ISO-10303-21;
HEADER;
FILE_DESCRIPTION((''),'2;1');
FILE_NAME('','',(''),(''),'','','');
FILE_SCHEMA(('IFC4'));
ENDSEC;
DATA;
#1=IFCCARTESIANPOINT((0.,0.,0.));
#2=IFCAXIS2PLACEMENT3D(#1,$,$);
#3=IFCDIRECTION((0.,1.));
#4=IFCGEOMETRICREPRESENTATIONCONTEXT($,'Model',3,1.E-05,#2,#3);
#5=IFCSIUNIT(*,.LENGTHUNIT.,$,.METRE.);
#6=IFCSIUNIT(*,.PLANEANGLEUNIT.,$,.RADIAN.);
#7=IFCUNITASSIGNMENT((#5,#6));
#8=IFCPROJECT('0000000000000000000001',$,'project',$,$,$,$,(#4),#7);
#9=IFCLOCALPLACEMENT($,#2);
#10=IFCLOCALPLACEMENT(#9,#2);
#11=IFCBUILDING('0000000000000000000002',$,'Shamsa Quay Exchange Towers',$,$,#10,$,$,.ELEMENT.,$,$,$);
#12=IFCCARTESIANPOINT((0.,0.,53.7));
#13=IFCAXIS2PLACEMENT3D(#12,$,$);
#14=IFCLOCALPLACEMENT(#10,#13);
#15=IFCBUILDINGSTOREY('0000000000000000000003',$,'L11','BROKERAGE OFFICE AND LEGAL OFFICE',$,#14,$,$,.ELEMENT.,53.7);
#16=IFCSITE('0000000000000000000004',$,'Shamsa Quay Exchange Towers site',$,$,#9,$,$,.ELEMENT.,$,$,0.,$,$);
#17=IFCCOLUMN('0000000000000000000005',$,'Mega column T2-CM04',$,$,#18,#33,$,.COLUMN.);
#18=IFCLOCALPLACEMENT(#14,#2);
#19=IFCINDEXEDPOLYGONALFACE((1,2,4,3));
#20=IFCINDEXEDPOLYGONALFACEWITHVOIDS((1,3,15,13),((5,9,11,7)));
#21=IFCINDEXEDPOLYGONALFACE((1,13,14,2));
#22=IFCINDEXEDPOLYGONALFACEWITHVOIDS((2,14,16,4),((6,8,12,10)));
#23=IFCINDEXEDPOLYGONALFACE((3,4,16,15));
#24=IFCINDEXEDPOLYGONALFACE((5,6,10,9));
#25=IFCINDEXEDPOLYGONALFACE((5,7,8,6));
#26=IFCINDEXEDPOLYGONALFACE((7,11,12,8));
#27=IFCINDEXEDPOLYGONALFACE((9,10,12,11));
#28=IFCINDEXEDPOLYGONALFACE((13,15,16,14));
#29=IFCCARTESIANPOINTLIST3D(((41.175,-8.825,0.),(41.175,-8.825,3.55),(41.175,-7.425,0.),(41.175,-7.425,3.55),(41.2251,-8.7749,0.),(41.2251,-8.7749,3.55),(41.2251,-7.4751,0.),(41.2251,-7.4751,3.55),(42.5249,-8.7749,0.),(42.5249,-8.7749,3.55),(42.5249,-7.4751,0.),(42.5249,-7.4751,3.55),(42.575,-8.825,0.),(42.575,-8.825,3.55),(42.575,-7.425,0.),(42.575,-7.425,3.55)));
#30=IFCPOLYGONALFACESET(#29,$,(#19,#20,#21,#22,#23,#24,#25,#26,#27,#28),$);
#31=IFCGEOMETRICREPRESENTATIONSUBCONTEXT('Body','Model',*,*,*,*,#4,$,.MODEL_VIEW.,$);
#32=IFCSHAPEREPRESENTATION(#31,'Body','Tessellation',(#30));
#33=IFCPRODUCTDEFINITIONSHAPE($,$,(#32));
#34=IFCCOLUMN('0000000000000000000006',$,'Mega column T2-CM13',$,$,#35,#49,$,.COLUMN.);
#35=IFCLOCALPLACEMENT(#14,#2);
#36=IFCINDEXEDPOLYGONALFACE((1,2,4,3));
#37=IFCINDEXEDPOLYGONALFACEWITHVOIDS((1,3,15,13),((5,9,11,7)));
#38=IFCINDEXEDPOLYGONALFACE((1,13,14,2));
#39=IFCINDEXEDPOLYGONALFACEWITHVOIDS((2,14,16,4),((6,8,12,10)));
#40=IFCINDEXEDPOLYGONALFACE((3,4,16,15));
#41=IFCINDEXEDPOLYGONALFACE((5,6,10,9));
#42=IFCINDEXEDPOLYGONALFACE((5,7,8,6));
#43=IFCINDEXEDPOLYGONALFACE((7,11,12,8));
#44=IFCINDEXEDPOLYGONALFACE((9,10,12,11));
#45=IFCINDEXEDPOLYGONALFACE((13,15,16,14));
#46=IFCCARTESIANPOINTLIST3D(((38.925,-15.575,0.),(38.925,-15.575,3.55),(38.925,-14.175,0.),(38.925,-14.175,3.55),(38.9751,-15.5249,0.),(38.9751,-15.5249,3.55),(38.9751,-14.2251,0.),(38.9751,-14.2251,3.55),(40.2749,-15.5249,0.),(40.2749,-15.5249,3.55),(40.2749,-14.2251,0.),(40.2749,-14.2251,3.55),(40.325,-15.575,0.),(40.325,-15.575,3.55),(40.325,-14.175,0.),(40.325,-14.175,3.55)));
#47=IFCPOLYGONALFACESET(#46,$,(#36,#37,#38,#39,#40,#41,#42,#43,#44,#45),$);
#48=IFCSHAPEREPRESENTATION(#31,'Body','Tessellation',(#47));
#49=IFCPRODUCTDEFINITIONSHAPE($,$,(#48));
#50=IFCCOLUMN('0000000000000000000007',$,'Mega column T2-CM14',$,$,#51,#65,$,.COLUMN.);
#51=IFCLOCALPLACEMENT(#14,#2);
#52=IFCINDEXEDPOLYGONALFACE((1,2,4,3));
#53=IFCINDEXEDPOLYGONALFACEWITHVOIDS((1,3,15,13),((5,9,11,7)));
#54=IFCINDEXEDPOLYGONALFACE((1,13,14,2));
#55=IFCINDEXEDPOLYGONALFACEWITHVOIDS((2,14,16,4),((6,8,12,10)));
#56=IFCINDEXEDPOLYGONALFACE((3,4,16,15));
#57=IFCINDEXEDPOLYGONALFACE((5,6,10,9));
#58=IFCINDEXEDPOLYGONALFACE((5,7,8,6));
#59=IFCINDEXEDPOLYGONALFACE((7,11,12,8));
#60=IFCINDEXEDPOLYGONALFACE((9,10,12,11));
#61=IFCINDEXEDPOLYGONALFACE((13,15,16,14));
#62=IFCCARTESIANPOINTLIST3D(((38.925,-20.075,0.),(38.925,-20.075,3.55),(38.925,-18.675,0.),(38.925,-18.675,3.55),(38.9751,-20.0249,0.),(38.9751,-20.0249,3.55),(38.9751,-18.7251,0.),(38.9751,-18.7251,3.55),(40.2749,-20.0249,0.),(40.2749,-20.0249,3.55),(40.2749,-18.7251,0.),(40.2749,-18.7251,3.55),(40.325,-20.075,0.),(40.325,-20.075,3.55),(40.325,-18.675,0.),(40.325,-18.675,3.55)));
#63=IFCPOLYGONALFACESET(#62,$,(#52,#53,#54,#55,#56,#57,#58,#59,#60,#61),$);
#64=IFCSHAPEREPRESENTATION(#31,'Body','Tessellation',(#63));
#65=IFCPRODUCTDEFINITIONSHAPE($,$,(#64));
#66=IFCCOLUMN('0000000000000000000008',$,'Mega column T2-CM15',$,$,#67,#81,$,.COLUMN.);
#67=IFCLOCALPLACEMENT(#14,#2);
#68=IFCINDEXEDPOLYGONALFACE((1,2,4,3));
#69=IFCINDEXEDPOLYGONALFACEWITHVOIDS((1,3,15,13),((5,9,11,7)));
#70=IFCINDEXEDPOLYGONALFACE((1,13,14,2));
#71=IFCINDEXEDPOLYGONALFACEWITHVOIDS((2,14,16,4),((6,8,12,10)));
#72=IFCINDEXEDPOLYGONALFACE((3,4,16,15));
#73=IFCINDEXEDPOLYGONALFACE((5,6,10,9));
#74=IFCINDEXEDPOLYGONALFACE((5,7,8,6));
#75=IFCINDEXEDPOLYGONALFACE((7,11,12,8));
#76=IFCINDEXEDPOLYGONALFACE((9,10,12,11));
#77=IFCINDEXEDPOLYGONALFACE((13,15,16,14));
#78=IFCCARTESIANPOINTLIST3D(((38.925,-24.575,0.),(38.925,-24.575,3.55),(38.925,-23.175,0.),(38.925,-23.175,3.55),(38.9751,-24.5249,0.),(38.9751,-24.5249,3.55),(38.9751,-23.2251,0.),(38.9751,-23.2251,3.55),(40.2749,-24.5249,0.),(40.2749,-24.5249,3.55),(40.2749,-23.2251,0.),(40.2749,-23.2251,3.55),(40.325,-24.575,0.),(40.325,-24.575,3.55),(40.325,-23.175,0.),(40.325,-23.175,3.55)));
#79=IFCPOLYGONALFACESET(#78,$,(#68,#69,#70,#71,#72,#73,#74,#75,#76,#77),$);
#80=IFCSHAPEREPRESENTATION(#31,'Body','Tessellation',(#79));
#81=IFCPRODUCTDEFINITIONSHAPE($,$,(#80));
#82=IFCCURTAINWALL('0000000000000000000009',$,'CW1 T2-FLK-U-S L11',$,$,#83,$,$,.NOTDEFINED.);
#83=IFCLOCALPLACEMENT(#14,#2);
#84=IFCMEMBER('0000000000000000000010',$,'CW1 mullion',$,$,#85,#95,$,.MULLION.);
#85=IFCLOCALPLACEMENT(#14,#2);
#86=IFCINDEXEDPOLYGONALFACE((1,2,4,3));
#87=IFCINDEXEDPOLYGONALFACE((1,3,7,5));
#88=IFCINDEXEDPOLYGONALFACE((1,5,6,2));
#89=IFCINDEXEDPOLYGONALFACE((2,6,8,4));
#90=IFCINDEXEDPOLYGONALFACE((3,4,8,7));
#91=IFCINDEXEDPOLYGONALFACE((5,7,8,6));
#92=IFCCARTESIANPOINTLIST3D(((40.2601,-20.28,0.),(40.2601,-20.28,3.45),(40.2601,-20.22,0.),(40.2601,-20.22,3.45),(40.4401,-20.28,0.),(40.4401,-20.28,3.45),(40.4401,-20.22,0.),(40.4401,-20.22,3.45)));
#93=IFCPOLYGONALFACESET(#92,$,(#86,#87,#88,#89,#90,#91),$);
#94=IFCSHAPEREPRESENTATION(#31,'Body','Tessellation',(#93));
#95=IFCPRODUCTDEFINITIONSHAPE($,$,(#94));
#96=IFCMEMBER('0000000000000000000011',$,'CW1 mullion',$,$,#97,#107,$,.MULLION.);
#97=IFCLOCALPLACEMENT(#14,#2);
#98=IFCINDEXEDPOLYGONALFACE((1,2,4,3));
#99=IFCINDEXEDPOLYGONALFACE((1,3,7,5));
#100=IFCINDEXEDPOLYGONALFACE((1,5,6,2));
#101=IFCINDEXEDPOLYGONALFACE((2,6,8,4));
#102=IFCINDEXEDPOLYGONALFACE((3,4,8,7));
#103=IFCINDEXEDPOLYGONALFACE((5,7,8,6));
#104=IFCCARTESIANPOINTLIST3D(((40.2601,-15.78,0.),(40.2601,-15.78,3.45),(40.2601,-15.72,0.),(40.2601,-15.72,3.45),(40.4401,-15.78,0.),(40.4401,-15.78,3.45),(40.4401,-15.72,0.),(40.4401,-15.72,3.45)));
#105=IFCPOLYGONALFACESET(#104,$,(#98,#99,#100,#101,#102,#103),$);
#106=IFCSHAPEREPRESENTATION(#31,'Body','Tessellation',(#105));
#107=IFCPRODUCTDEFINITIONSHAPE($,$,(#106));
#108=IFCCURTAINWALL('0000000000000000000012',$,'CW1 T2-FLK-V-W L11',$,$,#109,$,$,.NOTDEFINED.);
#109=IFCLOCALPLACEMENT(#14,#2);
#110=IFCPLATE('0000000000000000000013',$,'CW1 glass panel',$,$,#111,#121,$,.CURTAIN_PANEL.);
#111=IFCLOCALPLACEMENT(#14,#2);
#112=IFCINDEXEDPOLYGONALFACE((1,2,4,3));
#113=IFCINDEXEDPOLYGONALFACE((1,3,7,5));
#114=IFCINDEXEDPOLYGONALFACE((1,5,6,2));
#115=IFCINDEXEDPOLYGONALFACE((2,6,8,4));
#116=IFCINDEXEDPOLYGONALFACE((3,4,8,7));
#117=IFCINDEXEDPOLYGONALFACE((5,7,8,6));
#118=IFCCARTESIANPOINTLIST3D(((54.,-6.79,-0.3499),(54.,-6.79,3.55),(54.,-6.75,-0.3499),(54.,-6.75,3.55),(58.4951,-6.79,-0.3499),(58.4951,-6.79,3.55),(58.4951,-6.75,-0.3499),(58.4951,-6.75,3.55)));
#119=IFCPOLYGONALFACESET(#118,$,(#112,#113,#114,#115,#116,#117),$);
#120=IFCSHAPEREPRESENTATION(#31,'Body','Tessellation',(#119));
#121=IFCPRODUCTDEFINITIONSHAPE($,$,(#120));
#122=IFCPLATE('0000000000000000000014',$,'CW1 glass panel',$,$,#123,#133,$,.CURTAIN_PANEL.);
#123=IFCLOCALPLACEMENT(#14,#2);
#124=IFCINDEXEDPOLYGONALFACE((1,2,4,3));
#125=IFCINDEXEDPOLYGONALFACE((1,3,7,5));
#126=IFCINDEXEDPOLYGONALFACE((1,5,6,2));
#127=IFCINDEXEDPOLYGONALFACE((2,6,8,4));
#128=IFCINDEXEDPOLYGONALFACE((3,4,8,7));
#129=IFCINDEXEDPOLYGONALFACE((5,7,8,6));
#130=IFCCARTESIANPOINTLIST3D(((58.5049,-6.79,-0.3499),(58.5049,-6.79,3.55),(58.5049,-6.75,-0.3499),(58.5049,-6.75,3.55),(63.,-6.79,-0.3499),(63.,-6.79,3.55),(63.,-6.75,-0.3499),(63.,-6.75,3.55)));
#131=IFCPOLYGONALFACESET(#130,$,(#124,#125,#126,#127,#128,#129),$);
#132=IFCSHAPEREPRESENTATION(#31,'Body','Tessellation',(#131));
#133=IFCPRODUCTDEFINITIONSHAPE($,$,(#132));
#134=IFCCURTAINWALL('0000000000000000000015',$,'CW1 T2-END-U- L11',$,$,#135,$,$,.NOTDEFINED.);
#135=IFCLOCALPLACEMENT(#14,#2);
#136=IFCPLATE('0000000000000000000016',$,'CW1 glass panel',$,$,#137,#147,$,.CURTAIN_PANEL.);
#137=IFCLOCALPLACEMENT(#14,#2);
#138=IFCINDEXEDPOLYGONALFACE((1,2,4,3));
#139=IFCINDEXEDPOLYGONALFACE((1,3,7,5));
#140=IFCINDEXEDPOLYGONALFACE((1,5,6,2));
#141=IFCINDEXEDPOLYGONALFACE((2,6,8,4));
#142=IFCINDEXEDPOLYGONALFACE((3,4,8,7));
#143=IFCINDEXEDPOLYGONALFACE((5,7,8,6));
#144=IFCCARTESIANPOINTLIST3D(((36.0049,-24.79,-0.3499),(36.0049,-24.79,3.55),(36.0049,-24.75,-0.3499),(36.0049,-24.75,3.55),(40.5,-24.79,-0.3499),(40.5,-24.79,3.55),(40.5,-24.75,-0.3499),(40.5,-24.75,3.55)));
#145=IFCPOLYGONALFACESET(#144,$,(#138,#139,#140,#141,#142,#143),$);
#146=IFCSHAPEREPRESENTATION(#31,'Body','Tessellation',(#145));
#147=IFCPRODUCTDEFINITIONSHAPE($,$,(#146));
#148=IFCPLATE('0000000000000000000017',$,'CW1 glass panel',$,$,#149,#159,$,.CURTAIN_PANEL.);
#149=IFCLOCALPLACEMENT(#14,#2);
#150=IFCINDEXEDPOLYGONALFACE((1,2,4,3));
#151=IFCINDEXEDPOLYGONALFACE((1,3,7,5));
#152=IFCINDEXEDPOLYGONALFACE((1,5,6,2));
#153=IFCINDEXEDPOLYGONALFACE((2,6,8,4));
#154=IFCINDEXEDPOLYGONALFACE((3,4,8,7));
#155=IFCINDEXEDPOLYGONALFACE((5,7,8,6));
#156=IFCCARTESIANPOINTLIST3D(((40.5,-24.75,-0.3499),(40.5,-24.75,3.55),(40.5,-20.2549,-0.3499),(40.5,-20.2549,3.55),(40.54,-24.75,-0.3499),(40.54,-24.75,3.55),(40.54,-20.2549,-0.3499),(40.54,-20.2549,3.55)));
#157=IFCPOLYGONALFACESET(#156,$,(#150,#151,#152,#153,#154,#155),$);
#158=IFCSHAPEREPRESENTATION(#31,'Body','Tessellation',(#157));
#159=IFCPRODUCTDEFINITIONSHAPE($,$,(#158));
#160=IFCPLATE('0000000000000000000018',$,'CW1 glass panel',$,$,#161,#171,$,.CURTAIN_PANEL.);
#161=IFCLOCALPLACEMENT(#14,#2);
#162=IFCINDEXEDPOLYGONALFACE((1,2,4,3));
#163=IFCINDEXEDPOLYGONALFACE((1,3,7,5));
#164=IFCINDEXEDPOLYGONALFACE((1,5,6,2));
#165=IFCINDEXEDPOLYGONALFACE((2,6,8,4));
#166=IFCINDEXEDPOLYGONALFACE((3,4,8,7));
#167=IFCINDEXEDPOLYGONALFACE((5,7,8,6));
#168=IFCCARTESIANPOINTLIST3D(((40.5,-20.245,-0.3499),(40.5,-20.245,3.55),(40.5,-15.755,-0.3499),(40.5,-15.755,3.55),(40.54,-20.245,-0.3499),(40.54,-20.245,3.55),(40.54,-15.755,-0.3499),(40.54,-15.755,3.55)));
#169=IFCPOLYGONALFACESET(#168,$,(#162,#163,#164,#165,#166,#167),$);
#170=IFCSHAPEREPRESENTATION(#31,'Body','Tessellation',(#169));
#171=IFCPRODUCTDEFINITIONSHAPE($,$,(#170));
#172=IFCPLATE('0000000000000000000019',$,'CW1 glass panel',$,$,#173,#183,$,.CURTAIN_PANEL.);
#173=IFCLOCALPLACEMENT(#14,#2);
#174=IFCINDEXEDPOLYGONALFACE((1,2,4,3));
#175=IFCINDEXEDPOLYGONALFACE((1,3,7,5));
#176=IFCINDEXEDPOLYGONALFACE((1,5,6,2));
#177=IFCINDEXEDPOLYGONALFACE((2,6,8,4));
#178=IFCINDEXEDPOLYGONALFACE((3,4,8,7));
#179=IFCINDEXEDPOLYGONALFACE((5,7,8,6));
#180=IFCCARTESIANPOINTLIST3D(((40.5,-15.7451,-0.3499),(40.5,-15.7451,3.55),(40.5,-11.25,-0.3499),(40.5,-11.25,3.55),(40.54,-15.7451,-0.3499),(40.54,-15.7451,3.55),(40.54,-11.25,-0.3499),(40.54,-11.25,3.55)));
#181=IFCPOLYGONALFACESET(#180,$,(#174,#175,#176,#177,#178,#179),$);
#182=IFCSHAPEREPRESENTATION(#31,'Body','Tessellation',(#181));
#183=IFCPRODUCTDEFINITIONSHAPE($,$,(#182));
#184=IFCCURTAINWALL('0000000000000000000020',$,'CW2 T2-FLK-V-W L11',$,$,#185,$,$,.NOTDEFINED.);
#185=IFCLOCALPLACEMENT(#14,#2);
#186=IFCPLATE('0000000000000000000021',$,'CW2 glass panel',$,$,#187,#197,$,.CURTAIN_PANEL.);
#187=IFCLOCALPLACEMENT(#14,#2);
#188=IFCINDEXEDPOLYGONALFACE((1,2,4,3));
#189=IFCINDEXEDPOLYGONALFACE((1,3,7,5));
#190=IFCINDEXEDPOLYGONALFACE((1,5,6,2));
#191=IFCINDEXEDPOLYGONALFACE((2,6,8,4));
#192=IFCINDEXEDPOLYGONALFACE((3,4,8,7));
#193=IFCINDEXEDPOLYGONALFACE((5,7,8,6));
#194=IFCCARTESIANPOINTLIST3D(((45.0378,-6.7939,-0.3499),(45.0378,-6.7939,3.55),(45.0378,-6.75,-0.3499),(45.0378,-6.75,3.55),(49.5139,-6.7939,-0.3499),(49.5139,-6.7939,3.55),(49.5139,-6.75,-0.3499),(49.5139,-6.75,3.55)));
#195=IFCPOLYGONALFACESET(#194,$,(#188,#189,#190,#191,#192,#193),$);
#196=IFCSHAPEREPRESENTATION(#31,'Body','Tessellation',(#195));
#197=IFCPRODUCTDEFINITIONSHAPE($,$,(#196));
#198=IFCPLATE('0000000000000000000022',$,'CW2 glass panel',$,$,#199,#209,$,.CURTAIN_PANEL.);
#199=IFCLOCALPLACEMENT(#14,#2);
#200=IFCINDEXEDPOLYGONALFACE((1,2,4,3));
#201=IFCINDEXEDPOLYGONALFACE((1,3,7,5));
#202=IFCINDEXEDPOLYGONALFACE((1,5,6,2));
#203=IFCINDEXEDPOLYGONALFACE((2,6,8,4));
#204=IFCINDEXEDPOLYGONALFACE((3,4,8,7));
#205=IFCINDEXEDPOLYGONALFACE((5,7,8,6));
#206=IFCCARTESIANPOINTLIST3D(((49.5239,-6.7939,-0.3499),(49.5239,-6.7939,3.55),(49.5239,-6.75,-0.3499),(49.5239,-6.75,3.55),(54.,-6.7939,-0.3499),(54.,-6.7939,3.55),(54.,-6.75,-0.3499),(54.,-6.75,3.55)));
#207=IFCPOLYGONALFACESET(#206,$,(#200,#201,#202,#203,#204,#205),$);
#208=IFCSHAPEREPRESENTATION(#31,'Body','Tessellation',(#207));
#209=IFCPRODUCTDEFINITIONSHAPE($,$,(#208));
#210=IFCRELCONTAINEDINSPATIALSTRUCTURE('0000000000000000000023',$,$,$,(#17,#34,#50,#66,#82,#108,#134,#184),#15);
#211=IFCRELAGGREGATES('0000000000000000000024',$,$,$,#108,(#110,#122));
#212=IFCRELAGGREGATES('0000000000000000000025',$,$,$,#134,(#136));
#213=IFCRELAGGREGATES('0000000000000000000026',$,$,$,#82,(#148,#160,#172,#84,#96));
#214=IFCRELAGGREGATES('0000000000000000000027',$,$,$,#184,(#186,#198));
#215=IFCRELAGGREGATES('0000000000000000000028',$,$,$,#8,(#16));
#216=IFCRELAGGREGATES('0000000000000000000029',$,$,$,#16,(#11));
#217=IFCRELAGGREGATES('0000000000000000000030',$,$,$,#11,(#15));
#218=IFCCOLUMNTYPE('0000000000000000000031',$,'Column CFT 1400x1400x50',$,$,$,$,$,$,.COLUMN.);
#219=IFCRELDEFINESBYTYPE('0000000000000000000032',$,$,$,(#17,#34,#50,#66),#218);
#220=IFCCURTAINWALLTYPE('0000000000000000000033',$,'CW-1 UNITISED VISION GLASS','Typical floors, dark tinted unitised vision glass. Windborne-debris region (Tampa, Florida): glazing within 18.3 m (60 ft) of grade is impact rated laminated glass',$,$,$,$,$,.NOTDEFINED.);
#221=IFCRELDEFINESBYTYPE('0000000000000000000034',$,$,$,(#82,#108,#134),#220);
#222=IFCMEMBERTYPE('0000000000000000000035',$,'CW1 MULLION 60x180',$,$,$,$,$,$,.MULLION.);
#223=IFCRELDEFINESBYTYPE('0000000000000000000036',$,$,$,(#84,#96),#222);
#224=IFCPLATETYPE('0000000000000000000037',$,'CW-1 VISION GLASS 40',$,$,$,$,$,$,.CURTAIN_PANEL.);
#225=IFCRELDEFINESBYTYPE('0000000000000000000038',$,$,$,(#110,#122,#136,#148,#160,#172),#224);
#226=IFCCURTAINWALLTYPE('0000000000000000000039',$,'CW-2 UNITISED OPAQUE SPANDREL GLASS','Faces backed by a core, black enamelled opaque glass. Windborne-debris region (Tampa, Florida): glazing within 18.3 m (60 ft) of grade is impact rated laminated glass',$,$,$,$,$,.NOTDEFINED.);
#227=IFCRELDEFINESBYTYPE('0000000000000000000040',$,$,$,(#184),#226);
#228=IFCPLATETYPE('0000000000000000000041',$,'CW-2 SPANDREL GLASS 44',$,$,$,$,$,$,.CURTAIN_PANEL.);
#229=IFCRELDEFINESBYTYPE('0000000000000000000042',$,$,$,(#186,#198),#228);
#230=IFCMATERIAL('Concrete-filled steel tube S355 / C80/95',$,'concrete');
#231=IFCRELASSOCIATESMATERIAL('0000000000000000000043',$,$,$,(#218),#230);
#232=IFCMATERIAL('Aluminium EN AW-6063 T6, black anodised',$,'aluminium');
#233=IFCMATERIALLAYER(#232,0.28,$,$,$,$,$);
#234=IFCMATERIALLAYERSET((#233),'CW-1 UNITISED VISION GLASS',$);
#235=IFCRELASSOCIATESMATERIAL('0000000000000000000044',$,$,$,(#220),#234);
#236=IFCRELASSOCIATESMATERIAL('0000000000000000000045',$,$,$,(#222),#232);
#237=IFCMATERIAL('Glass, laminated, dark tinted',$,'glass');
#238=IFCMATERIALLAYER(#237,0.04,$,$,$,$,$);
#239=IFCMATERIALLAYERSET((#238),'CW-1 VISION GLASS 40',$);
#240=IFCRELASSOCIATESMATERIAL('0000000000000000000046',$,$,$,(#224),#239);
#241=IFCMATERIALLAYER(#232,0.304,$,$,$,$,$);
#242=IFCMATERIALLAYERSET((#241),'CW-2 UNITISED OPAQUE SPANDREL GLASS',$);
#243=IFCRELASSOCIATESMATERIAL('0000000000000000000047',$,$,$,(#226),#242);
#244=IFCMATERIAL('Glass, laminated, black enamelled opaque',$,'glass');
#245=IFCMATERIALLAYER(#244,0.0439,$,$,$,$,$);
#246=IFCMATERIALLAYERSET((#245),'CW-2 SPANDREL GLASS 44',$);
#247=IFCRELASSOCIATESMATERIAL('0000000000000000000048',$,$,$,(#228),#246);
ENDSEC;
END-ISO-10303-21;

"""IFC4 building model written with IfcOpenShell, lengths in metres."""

from ifc_helpers import new_model, si_unit, direction, frame, origin, origin_2d, place, context, subcontext, project, spatial, rectangle, hollow_rectangle, extrude, material, layer, layer_set, material_profile, profile_set, type_object, element, aggregate, save


model = new_model("IFC4")

# Units and contexts
model_context = context("Model", 3, precision=1e-05, world=origin(), true_north=direction((0.0, 1.0)))
body_context = subcontext(model_context, "Body", "Model", "MODEL_VIEW")
ifc_project = project(units=[si_unit("LENGTHUNIT", "METRE"), si_unit("PLANEANGLEUNIT", "RADIAN")], contexts=[model_context])

# Site, building, storey
site_placement = place(None, origin())
site = spatial("IfcSite", under=ifc_project, at=site_placement, Name="Shamsa Quay Exchange Towers site", CompositionType="ELEMENT", RefElevation=0.0)
building_placement = place(site_placement, origin())
building = spatial("IfcBuilding", under=site, at=building_placement, Name="Shamsa Quay Exchange Towers", CompositionType="ELEMENT")
storey_placement = place(building_placement, frame((0.0, 0.0, 53.7)))
storey = spatial("IfcBuildingStorey", under=building, at=storey_placement, Name="L11", Description="BROKERAGE OFFICE AND LEGAL OFFICE", CompositionType="ELEMENT", Elevation=53.7)

# Columns
ifc_material_1 = material(Name="Concrete-filled steel tube S355 / C80/95", Category="concrete")
ifc_material_profile_1 = material_profile(ifc_material_1, hollow_rectangle(XDim=1.3999, YDim=1.3999, WallThickness=0.05, at=origin_2d()), Name="CFT 1400x1400x50")
ifc_profile_set_1 = profile_set([ifc_material_profile_1], Name="Concrete-filled steel tube S355 / C80/95")
column_type = type_object("IfcColumnType", Name="Column CFT 1400x1400x50", PredefinedType="COLUMN", material=ifc_profile_set_1)
for number, where, name in (
    (1, (41.875, -8.125, 0.0), "Mega column T2-CM04"),
    (2, (39.625, -14.875, 0.0), "Mega column T2-CM13"),
    (3, (39.625, -19.375, 0.0), "Mega column T2-CM14"),
    (4, (39.625, -23.875, 0.0), "Mega column T2-CM15"),
):
    element("IfcColumn", number, at=place(storey_placement, frame(where)), inside=storey, type_object=column_type, Name=name, PredefinedType="COLUMN", context=body_context, shape_type="SweptSolid", body=[
        extrude(hollow_rectangle(XDim=1.3999, YDim=1.3999, WallThickness=0.05, at=origin_2d()), origin(), (0.0, 0.0, 1.0), 3.55),
    ])

# Curtain wall, members
ifc_material_2 = material(Name="Aluminium EN AW-6063 T6, black anodised", Category="aluminium")
ifc_layer_1 = layer(ifc_material_2, 0.28)
ifc_layer_set_1 = layer_set([ifc_layer_1], Name="CW-1 UNITISED VISION GLASS")
curtain_wall_type_1 = type_object("IfcCurtainWallType", Name="CW-1 UNITISED VISION GLASS", Description="Typical floors, dark tinted unitised vision glass. Windborne-debris region (Tampa, Florida): glazing within 18.3 m (60 ft) of grade is impact rated laminated glass", PredefinedType="NOTDEFINED", material=ifc_layer_set_1)
curtain_wall_1_placement = place(storey_placement, origin())
curtain_wall_1 = element("IfcCurtainWall", 5, at=curtain_wall_1_placement, inside=storey, type_object=curtain_wall_type_1, Name="CW1 T2-FLK-U-S L11", PredefinedType="NOTDEFINED")
ifc_material_profile_2 = material_profile(ifc_material_2, rectangle(XDim=0.1799, YDim=0.0601, at=origin_2d()), Name="MU60x180")
ifc_profile_set_2 = profile_set([ifc_material_profile_2], Name="Aluminium EN AW-6063 T6, black anodised")
member_type = type_object("IfcMemberType", Name="CW1 MULLION 60x180", PredefinedType="MULLION", material=ifc_profile_set_2)
member_1_placement = place(storey_placement, frame((40.3501, -20.25, 0.0), z_axis=(0.0, 0.0, 1.0), x_axis=(-1.0, 0.0, 0.0)))
member_1 = element("IfcMember", 6, at=member_1_placement, type_object=member_type, Name="CW1 mullion", PredefinedType="MULLION", context=body_context, shape_type="SweptSolid", body=[
    extrude(rectangle(XDim=0.1799, YDim=0.0601, at=origin_2d()), origin(), (0.0, 0.0, 1.0), 3.45),
])
member_2_placement = place(storey_placement, frame((40.3501, -15.75, 0.0), z_axis=(0.0, 0.0, 1.0), x_axis=(-1.0, 0.0, 0.0)))
member_2 = element("IfcMember", 7, at=member_2_placement, type_object=member_type, Name="CW1 mullion", PredefinedType="MULLION", context=body_context, shape_type="SweptSolid", body=[
    extrude(rectangle(XDim=0.1799, YDim=0.0601, at=origin_2d()), origin(), (0.0, 0.0, 1.0), 3.45),
])

# Curtain wall, plates
curtain_wall_2_placement = place(storey_placement, origin())
curtain_wall_2 = element("IfcCurtainWall", 8, at=curtain_wall_2_placement, inside=storey, type_object=curtain_wall_type_1, Name="CW1 T2-FLK-V-W L11", PredefinedType="NOTDEFINED")
ifc_material_3 = material(Name="Glass, laminated, dark tinted", Category="glass")
ifc_layer_2 = layer(ifc_material_3, 0.04)
ifc_layer_set_2 = layer_set([ifc_layer_2], Name="CW-1 VISION GLASS 40")
plate_type_1 = type_object("IfcPlateType", Name="CW-1 VISION GLASS 40", PredefinedType="CURTAIN_PANEL", material=ifc_layer_set_2)
plate_1_placement = place(storey_placement, frame((56.2476, -6.77, -0.3499)))
plate_1 = element("IfcPlate", 9, at=plate_1_placement, type_object=plate_type_1, Name="CW1 glass panel", PredefinedType="CURTAIN_PANEL", context=body_context, shape_type="SweptSolid", body=[
    extrude(rectangle(XDim=4.4951, YDim=0.04, at=origin_2d()), origin(), (0.0, 0.0, 1.0), 3.8999),
])
plate_2_placement = place(storey_placement, frame((60.7524, -6.77, -0.3499)))
plate_2 = element("IfcPlate", 10, at=plate_2_placement, type_object=plate_type_1, Name="CW1 glass panel", PredefinedType="CURTAIN_PANEL", context=body_context, shape_type="SweptSolid", body=[
    extrude(rectangle(XDim=4.4951, YDim=0.04, at=origin_2d()), origin(), (0.0, 0.0, 1.0), 3.8999),
])
aggregate(curtain_wall_2, [plate_1, plate_2])

# Curtain wall, plate
curtain_wall_3_placement = place(storey_placement, origin())
curtain_wall_3 = element("IfcCurtainWall", 11, at=curtain_wall_3_placement, inside=storey, type_object=curtain_wall_type_1, Name="CW1 T2-END-U- L11", PredefinedType="NOTDEFINED")
plate_3_placement = place(storey_placement, frame((38.2524, -24.77, -0.3499)))
plate_3 = element("IfcPlate", 12, at=plate_3_placement, type_object=plate_type_1, Name="CW1 glass panel", PredefinedType="CURTAIN_PANEL", context=body_context, shape_type="SweptSolid", body=[
    extrude(rectangle(XDim=4.4951, YDim=0.04, at=origin_2d()), origin(), (0.0, 0.0, 1.0), 3.8999),
])
aggregate(curtain_wall_3, [plate_3])

# Plates
plate_4_placement = place(storey_placement, frame((40.52, -22.5024, -0.3499), z_axis=(0.0, 0.0, 1.0), x_axis=(0.0, 1.0, 0.0)))
plate_4 = element("IfcPlate", 13, at=plate_4_placement, type_object=plate_type_1, Name="CW1 glass panel", PredefinedType="CURTAIN_PANEL", context=body_context, shape_type="SweptSolid", body=[
    extrude(rectangle(XDim=4.4951, YDim=0.04, at=origin_2d()), origin(), (0.0, 0.0, 1.0), 3.8999),
])
plate_5_placement = place(storey_placement, frame((40.52, -18.0, -0.3499), z_axis=(0.0, 0.0, 1.0), x_axis=(0.0, 1.0, 0.0)))
plate_5 = element("IfcPlate", 14, at=plate_5_placement, type_object=plate_type_1, Name="CW1 glass panel", PredefinedType="CURTAIN_PANEL", context=body_context, shape_type="SweptSolid", body=[
    extrude(rectangle(XDim=4.49, YDim=0.04, at=origin_2d()), origin(), (0.0, 0.0, 1.0), 3.8999),
])
plate_6_placement = place(storey_placement, frame((40.52, -13.4976, -0.3499), z_axis=(0.0, 0.0, 1.0), x_axis=(0.0, 1.0, 0.0)))
plate_6 = element("IfcPlate", 15, at=plate_6_placement, type_object=plate_type_1, Name="CW1 glass panel", PredefinedType="CURTAIN_PANEL", context=body_context, shape_type="SweptSolid", body=[
    extrude(rectangle(XDim=4.4951, YDim=0.04, at=origin_2d()), origin(), (0.0, 0.0, 1.0), 3.8999),
])
aggregate(curtain_wall_1, [plate_4, plate_5, plate_6, member_1, member_2])

# Curtain wall, plates
ifc_layer_3 = layer(ifc_material_2, 0.304)
ifc_layer_set_3 = layer_set([ifc_layer_3], Name="CW-2 UNITISED OPAQUE SPANDREL GLASS")
curtain_wall_type_2 = type_object("IfcCurtainWallType", Name="CW-2 UNITISED OPAQUE SPANDREL GLASS", Description="Faces backed by a core, black enamelled opaque glass. Windborne-debris region (Tampa, Florida): glazing within 18.3 m (60 ft) of grade is impact rated laminated glass", PredefinedType="NOTDEFINED", material=ifc_layer_set_3)
curtain_wall_4_placement = place(storey_placement, origin())
curtain_wall_4 = element("IfcCurtainWall", 16, at=curtain_wall_4_placement, inside=storey, type_object=curtain_wall_type_2, Name="CW2 T2-FLK-V-W L11", PredefinedType="NOTDEFINED")
ifc_material_4 = material(Name="Glass, laminated, black enamelled opaque", Category="glass")
ifc_layer_4 = layer(ifc_material_4, 0.0439)
ifc_layer_set_4 = layer_set([ifc_layer_4], Name="CW-2 SPANDREL GLASS 44")
plate_type_2 = type_object("IfcPlateType", Name="CW-2 SPANDREL GLASS 44", PredefinedType="CURTAIN_PANEL", material=ifc_layer_set_4)
plate_7_placement = place(storey_placement, frame((47.2759, -6.772, -0.3499)))
plate_7 = element("IfcPlate", 17, at=plate_7_placement, type_object=plate_type_2, Name="CW2 glass panel", PredefinedType="CURTAIN_PANEL", context=body_context, shape_type="SweptSolid", body=[
    extrude(rectangle(XDim=4.4761, YDim=0.0439, at=origin_2d()), origin(), (0.0, 0.0, 1.0), 3.8999),
])
plate_8_placement = place(storey_placement, frame((51.762, -6.772, -0.3499)))
plate_8 = element("IfcPlate", 18, at=plate_8_placement, type_object=plate_type_2, Name="CW2 glass panel", PredefinedType="CURTAIN_PANEL", context=body_context, shape_type="SweptSolid", body=[
    extrude(rectangle(XDim=4.4761, YDim=0.0439, at=origin_2d()), origin(), (0.0, 0.0, 1.0), 3.8999),
])
aggregate(curtain_wall_4, [plate_7, plate_8])

save(model, "model.ifc")
